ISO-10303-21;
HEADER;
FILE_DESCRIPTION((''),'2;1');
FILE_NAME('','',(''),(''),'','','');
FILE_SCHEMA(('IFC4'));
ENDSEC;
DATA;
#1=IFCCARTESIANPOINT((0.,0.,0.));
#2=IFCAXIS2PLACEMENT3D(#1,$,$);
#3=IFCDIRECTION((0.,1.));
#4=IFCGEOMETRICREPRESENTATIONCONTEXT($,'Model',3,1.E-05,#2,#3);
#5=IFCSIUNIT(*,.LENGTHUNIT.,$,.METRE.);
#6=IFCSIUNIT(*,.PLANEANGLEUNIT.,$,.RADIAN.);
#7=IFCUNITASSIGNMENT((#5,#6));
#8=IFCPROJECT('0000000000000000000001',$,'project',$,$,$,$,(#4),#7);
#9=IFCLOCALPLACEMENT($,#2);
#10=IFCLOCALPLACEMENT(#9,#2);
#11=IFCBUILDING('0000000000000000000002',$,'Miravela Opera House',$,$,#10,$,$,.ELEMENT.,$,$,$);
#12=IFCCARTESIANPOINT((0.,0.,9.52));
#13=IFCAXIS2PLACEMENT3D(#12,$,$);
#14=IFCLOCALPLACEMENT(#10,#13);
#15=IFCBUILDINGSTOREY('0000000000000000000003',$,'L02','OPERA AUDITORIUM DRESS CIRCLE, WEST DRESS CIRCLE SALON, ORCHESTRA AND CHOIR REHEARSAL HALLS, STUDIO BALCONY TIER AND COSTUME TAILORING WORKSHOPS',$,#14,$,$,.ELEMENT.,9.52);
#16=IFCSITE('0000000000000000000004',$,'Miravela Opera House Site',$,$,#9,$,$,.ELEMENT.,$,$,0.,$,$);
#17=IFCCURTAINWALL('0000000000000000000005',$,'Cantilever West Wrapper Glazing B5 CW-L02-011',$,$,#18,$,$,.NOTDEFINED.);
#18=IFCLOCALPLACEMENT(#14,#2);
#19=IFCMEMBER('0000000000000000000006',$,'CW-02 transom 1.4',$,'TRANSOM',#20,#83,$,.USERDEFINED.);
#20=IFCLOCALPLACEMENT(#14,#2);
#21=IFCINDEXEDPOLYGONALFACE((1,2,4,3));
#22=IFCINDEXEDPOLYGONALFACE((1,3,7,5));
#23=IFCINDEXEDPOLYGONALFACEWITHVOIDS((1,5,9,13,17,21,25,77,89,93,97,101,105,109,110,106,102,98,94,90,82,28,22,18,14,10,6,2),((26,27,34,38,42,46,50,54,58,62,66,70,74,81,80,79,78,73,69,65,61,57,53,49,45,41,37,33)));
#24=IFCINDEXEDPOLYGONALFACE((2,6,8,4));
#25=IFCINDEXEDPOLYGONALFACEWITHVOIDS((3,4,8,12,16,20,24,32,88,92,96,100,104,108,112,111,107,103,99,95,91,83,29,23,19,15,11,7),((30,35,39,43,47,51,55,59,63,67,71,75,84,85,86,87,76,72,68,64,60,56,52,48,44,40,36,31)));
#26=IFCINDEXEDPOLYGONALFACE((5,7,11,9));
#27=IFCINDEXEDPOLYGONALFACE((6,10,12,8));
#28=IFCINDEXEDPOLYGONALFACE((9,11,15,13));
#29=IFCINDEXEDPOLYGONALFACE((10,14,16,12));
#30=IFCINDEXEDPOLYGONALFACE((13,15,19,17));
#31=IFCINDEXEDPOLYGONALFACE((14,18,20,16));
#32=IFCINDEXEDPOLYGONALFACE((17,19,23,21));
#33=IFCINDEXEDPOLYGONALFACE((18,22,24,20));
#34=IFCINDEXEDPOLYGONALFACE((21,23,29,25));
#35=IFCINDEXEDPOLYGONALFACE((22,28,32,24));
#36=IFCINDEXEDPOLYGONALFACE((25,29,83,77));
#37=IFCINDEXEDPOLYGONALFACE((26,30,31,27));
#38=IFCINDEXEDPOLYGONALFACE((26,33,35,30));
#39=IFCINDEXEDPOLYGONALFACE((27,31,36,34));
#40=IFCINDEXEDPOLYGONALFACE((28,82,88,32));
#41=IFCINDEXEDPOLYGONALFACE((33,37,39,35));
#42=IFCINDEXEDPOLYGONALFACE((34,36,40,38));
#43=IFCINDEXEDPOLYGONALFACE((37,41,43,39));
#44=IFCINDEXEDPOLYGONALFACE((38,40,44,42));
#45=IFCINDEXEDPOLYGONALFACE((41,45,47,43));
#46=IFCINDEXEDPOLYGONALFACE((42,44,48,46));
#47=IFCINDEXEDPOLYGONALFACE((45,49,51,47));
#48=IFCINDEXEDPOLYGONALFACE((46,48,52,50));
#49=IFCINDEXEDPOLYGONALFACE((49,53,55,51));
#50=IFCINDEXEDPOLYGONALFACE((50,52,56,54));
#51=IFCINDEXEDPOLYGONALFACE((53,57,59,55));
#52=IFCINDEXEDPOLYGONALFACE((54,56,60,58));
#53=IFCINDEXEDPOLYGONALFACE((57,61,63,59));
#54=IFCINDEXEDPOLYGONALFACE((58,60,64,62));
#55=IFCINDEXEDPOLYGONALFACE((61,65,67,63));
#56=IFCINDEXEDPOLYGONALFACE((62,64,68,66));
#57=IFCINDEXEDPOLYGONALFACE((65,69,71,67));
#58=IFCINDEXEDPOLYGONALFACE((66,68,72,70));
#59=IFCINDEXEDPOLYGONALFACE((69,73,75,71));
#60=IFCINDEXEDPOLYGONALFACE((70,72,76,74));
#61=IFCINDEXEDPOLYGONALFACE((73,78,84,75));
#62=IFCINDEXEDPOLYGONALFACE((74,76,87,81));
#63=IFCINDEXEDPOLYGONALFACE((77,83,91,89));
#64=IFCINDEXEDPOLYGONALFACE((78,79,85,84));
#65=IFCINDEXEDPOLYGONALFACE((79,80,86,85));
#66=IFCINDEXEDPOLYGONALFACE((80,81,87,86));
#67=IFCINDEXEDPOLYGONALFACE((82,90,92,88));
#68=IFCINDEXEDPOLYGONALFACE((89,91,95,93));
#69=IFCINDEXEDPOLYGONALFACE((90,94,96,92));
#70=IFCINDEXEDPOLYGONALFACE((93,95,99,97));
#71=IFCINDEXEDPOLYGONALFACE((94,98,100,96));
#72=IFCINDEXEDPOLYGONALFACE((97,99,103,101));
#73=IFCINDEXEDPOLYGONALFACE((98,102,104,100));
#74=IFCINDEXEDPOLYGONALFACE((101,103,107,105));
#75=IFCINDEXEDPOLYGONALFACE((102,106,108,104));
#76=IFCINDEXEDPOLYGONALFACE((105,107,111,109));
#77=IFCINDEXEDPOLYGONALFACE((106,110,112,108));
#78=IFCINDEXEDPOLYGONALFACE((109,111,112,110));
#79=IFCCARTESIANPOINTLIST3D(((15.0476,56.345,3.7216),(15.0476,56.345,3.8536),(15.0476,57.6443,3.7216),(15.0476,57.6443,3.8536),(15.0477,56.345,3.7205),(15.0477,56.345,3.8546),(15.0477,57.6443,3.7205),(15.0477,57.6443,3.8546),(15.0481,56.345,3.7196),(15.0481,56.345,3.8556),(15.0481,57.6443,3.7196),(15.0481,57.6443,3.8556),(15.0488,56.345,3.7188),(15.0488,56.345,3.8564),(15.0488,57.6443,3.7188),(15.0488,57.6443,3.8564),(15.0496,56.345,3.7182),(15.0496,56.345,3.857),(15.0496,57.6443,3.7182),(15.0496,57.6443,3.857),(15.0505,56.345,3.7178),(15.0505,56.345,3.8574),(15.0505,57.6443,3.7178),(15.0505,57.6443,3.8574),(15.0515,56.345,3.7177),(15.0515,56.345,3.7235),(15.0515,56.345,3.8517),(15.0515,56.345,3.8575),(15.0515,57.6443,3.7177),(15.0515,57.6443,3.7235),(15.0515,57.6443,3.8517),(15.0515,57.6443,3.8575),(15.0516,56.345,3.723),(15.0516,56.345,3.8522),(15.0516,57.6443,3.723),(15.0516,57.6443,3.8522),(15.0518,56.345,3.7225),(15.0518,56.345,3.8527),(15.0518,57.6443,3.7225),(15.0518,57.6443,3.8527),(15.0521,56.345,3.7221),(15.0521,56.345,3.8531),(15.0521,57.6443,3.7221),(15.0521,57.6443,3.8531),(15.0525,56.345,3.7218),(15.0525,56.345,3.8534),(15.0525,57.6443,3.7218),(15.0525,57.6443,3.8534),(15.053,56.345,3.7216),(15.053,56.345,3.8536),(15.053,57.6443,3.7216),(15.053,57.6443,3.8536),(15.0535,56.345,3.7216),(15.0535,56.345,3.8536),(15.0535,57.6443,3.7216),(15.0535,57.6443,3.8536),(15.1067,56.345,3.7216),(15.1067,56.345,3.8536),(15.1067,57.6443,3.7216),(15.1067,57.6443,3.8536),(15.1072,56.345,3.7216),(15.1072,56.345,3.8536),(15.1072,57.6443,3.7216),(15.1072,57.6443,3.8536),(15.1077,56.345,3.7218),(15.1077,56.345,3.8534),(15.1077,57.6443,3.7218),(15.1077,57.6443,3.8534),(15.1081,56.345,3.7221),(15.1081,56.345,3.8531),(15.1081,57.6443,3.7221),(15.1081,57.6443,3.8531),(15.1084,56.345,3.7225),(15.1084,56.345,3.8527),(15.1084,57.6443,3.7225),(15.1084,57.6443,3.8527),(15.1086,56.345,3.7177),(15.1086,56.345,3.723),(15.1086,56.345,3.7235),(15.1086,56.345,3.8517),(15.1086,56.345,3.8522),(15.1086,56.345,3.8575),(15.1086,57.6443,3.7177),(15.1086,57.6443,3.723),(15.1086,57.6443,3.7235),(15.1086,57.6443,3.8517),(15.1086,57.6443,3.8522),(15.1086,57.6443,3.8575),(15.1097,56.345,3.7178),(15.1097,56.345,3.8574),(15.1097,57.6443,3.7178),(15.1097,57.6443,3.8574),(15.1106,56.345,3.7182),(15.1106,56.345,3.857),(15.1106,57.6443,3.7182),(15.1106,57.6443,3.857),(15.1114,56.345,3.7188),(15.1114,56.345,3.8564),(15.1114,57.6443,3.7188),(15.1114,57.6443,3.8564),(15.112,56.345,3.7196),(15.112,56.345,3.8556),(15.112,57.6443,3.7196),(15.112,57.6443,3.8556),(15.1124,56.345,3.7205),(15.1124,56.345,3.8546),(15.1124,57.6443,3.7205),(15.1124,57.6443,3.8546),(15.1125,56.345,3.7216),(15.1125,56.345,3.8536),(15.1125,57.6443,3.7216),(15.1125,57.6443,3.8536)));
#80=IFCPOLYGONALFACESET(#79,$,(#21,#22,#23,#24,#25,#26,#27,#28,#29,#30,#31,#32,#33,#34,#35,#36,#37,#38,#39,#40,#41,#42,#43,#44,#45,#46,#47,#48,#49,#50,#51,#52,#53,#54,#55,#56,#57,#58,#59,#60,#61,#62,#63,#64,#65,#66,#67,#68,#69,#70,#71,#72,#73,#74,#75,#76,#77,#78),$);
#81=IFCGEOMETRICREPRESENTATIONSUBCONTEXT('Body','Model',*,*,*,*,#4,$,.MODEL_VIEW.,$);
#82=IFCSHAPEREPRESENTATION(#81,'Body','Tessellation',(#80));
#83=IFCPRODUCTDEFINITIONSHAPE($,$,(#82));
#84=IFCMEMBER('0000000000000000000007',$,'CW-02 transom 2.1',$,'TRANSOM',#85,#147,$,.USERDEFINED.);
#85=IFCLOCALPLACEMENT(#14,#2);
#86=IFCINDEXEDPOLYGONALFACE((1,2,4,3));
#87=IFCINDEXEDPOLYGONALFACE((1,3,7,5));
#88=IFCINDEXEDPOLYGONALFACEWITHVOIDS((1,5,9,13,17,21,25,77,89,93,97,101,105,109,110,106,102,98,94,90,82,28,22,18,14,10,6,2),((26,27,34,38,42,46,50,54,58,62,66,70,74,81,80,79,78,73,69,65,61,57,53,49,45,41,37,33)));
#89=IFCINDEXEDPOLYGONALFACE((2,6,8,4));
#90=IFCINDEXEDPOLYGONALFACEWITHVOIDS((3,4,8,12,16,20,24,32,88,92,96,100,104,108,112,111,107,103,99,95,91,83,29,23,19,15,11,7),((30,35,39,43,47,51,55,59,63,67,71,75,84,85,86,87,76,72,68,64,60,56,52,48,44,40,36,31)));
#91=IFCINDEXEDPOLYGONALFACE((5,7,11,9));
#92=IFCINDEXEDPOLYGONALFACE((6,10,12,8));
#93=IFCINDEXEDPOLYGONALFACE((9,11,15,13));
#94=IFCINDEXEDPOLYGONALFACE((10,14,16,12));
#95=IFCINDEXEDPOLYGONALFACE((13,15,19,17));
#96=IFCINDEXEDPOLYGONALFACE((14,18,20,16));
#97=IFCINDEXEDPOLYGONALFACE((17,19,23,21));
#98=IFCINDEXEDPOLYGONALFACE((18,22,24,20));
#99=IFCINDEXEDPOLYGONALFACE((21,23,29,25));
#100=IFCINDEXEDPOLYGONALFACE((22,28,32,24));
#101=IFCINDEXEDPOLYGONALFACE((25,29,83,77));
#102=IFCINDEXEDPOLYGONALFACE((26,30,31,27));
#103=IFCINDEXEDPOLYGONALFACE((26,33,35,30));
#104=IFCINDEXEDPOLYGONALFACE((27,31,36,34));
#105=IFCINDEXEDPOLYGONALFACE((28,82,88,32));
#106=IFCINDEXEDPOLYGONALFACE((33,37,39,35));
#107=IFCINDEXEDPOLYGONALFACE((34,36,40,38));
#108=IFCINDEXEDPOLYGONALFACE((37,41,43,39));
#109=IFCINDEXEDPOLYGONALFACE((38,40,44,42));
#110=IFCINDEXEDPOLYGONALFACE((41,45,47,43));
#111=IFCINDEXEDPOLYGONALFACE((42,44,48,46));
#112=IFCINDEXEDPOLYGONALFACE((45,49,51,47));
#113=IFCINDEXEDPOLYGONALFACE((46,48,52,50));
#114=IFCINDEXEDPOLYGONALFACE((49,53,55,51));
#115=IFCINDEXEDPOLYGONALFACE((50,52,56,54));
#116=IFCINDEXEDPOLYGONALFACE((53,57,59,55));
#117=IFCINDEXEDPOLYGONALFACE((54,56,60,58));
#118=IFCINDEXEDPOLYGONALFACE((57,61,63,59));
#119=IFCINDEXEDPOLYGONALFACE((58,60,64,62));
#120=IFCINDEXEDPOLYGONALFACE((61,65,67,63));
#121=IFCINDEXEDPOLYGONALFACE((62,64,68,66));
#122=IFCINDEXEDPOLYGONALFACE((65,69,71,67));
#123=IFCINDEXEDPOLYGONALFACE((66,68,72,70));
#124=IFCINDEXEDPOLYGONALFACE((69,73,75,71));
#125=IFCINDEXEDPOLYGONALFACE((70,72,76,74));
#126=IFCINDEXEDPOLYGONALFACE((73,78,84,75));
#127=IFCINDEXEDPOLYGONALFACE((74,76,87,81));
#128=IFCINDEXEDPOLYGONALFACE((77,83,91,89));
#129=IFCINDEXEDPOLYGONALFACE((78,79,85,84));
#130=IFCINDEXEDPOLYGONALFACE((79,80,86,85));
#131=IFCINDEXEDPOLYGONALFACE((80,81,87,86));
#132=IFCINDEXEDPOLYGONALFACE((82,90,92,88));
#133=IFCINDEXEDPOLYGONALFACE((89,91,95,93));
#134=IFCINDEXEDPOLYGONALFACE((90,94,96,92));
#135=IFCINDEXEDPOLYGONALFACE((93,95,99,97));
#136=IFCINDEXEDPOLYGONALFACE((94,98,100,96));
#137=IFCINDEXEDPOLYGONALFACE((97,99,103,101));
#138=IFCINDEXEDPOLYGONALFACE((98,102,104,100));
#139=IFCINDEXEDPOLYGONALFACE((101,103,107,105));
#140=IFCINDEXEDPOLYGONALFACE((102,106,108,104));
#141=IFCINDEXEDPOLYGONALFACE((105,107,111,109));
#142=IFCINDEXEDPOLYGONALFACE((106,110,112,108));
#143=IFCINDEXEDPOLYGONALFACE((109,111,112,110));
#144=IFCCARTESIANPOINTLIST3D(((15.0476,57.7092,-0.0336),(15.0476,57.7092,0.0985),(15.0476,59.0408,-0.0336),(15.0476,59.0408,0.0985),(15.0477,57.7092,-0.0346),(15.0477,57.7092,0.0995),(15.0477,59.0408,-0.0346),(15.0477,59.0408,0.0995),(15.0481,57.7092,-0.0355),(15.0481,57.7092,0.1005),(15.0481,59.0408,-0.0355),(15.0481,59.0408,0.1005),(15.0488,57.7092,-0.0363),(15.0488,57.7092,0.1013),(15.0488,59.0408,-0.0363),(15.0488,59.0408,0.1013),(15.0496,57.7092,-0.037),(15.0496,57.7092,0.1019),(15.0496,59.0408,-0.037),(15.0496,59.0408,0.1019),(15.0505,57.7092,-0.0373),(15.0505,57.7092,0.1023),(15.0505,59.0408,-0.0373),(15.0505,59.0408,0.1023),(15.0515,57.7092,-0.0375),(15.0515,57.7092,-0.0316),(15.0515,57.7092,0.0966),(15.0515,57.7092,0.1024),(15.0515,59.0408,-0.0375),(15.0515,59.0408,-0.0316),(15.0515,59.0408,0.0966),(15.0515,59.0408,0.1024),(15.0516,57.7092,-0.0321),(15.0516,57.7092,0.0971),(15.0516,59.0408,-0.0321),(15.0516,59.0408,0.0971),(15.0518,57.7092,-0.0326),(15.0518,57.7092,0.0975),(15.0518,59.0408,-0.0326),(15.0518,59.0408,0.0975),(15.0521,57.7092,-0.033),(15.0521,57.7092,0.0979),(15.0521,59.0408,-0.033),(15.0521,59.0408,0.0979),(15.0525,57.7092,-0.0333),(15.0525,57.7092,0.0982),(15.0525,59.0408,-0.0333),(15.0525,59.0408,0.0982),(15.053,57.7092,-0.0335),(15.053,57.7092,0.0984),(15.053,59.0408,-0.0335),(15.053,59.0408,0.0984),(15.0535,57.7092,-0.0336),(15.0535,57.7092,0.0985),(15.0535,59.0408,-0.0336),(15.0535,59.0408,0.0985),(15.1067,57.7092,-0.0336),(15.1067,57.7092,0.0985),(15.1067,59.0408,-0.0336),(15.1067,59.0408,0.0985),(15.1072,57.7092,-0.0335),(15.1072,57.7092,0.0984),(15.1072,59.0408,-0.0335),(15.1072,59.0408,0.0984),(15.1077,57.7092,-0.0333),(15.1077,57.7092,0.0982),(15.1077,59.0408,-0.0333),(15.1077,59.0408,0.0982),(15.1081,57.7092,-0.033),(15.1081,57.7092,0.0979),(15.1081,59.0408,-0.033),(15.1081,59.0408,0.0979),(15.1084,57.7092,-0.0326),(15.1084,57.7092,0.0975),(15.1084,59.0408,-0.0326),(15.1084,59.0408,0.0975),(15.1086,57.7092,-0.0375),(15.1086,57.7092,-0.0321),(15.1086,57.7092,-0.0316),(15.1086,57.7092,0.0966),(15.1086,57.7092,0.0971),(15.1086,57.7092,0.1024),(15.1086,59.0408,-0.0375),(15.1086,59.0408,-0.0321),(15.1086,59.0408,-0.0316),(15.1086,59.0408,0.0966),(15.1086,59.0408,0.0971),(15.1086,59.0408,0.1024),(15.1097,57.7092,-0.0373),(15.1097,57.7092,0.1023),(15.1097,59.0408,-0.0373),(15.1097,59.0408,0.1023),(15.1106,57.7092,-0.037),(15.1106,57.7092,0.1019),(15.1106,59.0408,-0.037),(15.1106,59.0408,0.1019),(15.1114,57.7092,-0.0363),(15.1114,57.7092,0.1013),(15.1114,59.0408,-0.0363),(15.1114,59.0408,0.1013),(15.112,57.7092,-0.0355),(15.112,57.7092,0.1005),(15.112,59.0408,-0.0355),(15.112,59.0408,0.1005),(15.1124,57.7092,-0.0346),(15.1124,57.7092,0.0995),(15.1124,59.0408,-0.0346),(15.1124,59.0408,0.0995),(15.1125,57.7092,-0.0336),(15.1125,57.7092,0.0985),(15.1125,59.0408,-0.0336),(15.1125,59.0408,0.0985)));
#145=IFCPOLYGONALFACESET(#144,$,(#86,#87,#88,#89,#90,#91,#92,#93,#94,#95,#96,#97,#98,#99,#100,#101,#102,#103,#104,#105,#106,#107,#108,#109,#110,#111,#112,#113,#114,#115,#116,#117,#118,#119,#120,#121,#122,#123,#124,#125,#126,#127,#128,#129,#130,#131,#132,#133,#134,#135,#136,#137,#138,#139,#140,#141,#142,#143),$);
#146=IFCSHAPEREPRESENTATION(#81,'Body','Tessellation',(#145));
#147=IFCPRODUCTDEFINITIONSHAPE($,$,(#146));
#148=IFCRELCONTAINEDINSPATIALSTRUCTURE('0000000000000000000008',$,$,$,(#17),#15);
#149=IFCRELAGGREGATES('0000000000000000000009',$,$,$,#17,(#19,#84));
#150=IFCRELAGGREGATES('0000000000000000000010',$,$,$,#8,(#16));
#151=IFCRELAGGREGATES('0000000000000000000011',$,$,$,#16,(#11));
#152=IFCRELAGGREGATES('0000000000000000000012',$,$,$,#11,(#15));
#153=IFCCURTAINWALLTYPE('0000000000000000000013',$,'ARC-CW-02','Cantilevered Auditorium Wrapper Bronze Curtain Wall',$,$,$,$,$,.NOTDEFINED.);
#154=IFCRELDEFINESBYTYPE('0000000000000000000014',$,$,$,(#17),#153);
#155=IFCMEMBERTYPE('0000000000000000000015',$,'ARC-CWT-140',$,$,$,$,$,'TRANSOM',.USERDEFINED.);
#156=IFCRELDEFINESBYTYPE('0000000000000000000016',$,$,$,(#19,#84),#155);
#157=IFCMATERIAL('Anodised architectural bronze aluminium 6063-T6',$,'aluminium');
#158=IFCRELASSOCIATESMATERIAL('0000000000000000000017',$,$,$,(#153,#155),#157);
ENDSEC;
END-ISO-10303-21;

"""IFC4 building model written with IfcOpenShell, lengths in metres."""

from ifc_helpers import new_model, si_unit, direction, frame, origin, origin_2d, place, context, subcontext, project, spatial, hollow_rectangle, extrude, material, material_profile, profile_set, type_object, element, aggregate, save


model = new_model("IFC4")

# Units and contexts
model_context = context("Model", 3, precision=1e-05, world=origin(), true_north=direction((0.0, 1.0)))
body_context = subcontext(model_context, "Body", "Model", "MODEL_VIEW")
ifc_project = project(units=[si_unit("LENGTHUNIT", "METRE"), si_unit("PLANEANGLEUNIT", "RADIAN")], contexts=[model_context])

# Site, building, storey
site_placement = place(None, origin())
site = spatial("IfcSite", under=ifc_project, at=site_placement, Name="Miravela Opera House Site", CompositionType="ELEMENT", RefElevation=0.0)
building_placement = place(site_placement, origin())
building = spatial("IfcBuilding", under=site, at=building_placement, Name="Miravela Opera House", CompositionType="ELEMENT")
storey_placement = place(building_placement, frame((0.0, 0.0, 9.52)))
storey = spatial("IfcBuildingStorey", under=building, at=storey_placement, Name="L02", Description="OPERA AUDITORIUM DRESS CIRCLE, WEST DRESS CIRCLE SALON, ORCHESTRA AND CHOIR REHEARSAL HALLS, STUDIO BALCONY TIER AND COSTUME TAILORING WORKSHOPS", CompositionType="ELEMENT", Elevation=9.52)

# Curtain wall, members
ifc_material_1 = material(Name="Anodised architectural bronze aluminium 6063-T6", Category="aluminium")
curtain_wall_type = type_object("IfcCurtainWallType", Name="ARC-CW-02", Description="Cantilevered Auditorium Wrapper Bronze Curtain Wall", PredefinedType="NOTDEFINED", material=ifc_material_1)
curtain_wall_placement = place(storey_placement, origin())
curtain_wall = element("IfcCurtainWall", 1, at=curtain_wall_placement, inside=storey, type_object=curtain_wall_type, Name="Cantilever West Wrapper Glazing B5 CW-L02-011", PredefinedType="NOTDEFINED")
ifc_material_profile_1 = material_profile(ifc_material_1, hollow_rectangle(XDim=0.0649, YDim=0.1399, WallThickness=0.0039, InnerFilletRadius=0.002, OuterFilletRadius=0.0039, at=origin_2d()), Name="CWT-65X140")
ifc_profile_set_1 = profile_set([ifc_material_profile_1])
member_type_1 = type_object("IfcMemberType", Name="ARC-CWT-140", ElementType="TRANSOM", PredefinedType="USERDEFINED", material=ifc_profile_set_1)
member_1_placement = place(storey_placement, frame((15.0801, 56.345, 3.7876), z_axis=(0.0, 1.0, 0.0), x_axis=(-1.0, 0.0, 0.0)))
member_1 = element("IfcMember", 2, at=member_1_placement, type_object=member_type_1, Name="CW-02 transom 1.4", ObjectType="TRANSOM", PredefinedType="USERDEFINED", context=body_context, shape_type="SweptSolid", body=[
    extrude(hollow_rectangle(XDim=0.0649, YDim=0.1399, WallThickness=0.0039, InnerFilletRadius=0.002, OuterFilletRadius=0.0039, at=origin_2d()), origin(), (0.0, 0.0, 1.0), 1.2993),
])
member_2_placement = place(storey_placement, frame((15.0801, 57.7092, 0.0325), z_axis=(0.0, 1.0, 0.0), x_axis=(-1.0, 0.0, 0.0)))
member_2 = element("IfcMember", 3, at=member_2_placement, type_object=member_type_1, Name="CW-02 transom 2.1", ObjectType="TRANSOM", PredefinedType="USERDEFINED", context=body_context, shape_type="SweptSolid", body=[
    extrude(hollow_rectangle(XDim=0.0649, YDim=0.1399, WallThickness=0.0039, InnerFilletRadius=0.002, OuterFilletRadius=0.0039, at=origin_2d()), origin(), (0.0, 0.0, 1.0), 1.3315),
])

aggregate(curtain_wall, [member_1, member_2])

save(model, "model.ifc")
